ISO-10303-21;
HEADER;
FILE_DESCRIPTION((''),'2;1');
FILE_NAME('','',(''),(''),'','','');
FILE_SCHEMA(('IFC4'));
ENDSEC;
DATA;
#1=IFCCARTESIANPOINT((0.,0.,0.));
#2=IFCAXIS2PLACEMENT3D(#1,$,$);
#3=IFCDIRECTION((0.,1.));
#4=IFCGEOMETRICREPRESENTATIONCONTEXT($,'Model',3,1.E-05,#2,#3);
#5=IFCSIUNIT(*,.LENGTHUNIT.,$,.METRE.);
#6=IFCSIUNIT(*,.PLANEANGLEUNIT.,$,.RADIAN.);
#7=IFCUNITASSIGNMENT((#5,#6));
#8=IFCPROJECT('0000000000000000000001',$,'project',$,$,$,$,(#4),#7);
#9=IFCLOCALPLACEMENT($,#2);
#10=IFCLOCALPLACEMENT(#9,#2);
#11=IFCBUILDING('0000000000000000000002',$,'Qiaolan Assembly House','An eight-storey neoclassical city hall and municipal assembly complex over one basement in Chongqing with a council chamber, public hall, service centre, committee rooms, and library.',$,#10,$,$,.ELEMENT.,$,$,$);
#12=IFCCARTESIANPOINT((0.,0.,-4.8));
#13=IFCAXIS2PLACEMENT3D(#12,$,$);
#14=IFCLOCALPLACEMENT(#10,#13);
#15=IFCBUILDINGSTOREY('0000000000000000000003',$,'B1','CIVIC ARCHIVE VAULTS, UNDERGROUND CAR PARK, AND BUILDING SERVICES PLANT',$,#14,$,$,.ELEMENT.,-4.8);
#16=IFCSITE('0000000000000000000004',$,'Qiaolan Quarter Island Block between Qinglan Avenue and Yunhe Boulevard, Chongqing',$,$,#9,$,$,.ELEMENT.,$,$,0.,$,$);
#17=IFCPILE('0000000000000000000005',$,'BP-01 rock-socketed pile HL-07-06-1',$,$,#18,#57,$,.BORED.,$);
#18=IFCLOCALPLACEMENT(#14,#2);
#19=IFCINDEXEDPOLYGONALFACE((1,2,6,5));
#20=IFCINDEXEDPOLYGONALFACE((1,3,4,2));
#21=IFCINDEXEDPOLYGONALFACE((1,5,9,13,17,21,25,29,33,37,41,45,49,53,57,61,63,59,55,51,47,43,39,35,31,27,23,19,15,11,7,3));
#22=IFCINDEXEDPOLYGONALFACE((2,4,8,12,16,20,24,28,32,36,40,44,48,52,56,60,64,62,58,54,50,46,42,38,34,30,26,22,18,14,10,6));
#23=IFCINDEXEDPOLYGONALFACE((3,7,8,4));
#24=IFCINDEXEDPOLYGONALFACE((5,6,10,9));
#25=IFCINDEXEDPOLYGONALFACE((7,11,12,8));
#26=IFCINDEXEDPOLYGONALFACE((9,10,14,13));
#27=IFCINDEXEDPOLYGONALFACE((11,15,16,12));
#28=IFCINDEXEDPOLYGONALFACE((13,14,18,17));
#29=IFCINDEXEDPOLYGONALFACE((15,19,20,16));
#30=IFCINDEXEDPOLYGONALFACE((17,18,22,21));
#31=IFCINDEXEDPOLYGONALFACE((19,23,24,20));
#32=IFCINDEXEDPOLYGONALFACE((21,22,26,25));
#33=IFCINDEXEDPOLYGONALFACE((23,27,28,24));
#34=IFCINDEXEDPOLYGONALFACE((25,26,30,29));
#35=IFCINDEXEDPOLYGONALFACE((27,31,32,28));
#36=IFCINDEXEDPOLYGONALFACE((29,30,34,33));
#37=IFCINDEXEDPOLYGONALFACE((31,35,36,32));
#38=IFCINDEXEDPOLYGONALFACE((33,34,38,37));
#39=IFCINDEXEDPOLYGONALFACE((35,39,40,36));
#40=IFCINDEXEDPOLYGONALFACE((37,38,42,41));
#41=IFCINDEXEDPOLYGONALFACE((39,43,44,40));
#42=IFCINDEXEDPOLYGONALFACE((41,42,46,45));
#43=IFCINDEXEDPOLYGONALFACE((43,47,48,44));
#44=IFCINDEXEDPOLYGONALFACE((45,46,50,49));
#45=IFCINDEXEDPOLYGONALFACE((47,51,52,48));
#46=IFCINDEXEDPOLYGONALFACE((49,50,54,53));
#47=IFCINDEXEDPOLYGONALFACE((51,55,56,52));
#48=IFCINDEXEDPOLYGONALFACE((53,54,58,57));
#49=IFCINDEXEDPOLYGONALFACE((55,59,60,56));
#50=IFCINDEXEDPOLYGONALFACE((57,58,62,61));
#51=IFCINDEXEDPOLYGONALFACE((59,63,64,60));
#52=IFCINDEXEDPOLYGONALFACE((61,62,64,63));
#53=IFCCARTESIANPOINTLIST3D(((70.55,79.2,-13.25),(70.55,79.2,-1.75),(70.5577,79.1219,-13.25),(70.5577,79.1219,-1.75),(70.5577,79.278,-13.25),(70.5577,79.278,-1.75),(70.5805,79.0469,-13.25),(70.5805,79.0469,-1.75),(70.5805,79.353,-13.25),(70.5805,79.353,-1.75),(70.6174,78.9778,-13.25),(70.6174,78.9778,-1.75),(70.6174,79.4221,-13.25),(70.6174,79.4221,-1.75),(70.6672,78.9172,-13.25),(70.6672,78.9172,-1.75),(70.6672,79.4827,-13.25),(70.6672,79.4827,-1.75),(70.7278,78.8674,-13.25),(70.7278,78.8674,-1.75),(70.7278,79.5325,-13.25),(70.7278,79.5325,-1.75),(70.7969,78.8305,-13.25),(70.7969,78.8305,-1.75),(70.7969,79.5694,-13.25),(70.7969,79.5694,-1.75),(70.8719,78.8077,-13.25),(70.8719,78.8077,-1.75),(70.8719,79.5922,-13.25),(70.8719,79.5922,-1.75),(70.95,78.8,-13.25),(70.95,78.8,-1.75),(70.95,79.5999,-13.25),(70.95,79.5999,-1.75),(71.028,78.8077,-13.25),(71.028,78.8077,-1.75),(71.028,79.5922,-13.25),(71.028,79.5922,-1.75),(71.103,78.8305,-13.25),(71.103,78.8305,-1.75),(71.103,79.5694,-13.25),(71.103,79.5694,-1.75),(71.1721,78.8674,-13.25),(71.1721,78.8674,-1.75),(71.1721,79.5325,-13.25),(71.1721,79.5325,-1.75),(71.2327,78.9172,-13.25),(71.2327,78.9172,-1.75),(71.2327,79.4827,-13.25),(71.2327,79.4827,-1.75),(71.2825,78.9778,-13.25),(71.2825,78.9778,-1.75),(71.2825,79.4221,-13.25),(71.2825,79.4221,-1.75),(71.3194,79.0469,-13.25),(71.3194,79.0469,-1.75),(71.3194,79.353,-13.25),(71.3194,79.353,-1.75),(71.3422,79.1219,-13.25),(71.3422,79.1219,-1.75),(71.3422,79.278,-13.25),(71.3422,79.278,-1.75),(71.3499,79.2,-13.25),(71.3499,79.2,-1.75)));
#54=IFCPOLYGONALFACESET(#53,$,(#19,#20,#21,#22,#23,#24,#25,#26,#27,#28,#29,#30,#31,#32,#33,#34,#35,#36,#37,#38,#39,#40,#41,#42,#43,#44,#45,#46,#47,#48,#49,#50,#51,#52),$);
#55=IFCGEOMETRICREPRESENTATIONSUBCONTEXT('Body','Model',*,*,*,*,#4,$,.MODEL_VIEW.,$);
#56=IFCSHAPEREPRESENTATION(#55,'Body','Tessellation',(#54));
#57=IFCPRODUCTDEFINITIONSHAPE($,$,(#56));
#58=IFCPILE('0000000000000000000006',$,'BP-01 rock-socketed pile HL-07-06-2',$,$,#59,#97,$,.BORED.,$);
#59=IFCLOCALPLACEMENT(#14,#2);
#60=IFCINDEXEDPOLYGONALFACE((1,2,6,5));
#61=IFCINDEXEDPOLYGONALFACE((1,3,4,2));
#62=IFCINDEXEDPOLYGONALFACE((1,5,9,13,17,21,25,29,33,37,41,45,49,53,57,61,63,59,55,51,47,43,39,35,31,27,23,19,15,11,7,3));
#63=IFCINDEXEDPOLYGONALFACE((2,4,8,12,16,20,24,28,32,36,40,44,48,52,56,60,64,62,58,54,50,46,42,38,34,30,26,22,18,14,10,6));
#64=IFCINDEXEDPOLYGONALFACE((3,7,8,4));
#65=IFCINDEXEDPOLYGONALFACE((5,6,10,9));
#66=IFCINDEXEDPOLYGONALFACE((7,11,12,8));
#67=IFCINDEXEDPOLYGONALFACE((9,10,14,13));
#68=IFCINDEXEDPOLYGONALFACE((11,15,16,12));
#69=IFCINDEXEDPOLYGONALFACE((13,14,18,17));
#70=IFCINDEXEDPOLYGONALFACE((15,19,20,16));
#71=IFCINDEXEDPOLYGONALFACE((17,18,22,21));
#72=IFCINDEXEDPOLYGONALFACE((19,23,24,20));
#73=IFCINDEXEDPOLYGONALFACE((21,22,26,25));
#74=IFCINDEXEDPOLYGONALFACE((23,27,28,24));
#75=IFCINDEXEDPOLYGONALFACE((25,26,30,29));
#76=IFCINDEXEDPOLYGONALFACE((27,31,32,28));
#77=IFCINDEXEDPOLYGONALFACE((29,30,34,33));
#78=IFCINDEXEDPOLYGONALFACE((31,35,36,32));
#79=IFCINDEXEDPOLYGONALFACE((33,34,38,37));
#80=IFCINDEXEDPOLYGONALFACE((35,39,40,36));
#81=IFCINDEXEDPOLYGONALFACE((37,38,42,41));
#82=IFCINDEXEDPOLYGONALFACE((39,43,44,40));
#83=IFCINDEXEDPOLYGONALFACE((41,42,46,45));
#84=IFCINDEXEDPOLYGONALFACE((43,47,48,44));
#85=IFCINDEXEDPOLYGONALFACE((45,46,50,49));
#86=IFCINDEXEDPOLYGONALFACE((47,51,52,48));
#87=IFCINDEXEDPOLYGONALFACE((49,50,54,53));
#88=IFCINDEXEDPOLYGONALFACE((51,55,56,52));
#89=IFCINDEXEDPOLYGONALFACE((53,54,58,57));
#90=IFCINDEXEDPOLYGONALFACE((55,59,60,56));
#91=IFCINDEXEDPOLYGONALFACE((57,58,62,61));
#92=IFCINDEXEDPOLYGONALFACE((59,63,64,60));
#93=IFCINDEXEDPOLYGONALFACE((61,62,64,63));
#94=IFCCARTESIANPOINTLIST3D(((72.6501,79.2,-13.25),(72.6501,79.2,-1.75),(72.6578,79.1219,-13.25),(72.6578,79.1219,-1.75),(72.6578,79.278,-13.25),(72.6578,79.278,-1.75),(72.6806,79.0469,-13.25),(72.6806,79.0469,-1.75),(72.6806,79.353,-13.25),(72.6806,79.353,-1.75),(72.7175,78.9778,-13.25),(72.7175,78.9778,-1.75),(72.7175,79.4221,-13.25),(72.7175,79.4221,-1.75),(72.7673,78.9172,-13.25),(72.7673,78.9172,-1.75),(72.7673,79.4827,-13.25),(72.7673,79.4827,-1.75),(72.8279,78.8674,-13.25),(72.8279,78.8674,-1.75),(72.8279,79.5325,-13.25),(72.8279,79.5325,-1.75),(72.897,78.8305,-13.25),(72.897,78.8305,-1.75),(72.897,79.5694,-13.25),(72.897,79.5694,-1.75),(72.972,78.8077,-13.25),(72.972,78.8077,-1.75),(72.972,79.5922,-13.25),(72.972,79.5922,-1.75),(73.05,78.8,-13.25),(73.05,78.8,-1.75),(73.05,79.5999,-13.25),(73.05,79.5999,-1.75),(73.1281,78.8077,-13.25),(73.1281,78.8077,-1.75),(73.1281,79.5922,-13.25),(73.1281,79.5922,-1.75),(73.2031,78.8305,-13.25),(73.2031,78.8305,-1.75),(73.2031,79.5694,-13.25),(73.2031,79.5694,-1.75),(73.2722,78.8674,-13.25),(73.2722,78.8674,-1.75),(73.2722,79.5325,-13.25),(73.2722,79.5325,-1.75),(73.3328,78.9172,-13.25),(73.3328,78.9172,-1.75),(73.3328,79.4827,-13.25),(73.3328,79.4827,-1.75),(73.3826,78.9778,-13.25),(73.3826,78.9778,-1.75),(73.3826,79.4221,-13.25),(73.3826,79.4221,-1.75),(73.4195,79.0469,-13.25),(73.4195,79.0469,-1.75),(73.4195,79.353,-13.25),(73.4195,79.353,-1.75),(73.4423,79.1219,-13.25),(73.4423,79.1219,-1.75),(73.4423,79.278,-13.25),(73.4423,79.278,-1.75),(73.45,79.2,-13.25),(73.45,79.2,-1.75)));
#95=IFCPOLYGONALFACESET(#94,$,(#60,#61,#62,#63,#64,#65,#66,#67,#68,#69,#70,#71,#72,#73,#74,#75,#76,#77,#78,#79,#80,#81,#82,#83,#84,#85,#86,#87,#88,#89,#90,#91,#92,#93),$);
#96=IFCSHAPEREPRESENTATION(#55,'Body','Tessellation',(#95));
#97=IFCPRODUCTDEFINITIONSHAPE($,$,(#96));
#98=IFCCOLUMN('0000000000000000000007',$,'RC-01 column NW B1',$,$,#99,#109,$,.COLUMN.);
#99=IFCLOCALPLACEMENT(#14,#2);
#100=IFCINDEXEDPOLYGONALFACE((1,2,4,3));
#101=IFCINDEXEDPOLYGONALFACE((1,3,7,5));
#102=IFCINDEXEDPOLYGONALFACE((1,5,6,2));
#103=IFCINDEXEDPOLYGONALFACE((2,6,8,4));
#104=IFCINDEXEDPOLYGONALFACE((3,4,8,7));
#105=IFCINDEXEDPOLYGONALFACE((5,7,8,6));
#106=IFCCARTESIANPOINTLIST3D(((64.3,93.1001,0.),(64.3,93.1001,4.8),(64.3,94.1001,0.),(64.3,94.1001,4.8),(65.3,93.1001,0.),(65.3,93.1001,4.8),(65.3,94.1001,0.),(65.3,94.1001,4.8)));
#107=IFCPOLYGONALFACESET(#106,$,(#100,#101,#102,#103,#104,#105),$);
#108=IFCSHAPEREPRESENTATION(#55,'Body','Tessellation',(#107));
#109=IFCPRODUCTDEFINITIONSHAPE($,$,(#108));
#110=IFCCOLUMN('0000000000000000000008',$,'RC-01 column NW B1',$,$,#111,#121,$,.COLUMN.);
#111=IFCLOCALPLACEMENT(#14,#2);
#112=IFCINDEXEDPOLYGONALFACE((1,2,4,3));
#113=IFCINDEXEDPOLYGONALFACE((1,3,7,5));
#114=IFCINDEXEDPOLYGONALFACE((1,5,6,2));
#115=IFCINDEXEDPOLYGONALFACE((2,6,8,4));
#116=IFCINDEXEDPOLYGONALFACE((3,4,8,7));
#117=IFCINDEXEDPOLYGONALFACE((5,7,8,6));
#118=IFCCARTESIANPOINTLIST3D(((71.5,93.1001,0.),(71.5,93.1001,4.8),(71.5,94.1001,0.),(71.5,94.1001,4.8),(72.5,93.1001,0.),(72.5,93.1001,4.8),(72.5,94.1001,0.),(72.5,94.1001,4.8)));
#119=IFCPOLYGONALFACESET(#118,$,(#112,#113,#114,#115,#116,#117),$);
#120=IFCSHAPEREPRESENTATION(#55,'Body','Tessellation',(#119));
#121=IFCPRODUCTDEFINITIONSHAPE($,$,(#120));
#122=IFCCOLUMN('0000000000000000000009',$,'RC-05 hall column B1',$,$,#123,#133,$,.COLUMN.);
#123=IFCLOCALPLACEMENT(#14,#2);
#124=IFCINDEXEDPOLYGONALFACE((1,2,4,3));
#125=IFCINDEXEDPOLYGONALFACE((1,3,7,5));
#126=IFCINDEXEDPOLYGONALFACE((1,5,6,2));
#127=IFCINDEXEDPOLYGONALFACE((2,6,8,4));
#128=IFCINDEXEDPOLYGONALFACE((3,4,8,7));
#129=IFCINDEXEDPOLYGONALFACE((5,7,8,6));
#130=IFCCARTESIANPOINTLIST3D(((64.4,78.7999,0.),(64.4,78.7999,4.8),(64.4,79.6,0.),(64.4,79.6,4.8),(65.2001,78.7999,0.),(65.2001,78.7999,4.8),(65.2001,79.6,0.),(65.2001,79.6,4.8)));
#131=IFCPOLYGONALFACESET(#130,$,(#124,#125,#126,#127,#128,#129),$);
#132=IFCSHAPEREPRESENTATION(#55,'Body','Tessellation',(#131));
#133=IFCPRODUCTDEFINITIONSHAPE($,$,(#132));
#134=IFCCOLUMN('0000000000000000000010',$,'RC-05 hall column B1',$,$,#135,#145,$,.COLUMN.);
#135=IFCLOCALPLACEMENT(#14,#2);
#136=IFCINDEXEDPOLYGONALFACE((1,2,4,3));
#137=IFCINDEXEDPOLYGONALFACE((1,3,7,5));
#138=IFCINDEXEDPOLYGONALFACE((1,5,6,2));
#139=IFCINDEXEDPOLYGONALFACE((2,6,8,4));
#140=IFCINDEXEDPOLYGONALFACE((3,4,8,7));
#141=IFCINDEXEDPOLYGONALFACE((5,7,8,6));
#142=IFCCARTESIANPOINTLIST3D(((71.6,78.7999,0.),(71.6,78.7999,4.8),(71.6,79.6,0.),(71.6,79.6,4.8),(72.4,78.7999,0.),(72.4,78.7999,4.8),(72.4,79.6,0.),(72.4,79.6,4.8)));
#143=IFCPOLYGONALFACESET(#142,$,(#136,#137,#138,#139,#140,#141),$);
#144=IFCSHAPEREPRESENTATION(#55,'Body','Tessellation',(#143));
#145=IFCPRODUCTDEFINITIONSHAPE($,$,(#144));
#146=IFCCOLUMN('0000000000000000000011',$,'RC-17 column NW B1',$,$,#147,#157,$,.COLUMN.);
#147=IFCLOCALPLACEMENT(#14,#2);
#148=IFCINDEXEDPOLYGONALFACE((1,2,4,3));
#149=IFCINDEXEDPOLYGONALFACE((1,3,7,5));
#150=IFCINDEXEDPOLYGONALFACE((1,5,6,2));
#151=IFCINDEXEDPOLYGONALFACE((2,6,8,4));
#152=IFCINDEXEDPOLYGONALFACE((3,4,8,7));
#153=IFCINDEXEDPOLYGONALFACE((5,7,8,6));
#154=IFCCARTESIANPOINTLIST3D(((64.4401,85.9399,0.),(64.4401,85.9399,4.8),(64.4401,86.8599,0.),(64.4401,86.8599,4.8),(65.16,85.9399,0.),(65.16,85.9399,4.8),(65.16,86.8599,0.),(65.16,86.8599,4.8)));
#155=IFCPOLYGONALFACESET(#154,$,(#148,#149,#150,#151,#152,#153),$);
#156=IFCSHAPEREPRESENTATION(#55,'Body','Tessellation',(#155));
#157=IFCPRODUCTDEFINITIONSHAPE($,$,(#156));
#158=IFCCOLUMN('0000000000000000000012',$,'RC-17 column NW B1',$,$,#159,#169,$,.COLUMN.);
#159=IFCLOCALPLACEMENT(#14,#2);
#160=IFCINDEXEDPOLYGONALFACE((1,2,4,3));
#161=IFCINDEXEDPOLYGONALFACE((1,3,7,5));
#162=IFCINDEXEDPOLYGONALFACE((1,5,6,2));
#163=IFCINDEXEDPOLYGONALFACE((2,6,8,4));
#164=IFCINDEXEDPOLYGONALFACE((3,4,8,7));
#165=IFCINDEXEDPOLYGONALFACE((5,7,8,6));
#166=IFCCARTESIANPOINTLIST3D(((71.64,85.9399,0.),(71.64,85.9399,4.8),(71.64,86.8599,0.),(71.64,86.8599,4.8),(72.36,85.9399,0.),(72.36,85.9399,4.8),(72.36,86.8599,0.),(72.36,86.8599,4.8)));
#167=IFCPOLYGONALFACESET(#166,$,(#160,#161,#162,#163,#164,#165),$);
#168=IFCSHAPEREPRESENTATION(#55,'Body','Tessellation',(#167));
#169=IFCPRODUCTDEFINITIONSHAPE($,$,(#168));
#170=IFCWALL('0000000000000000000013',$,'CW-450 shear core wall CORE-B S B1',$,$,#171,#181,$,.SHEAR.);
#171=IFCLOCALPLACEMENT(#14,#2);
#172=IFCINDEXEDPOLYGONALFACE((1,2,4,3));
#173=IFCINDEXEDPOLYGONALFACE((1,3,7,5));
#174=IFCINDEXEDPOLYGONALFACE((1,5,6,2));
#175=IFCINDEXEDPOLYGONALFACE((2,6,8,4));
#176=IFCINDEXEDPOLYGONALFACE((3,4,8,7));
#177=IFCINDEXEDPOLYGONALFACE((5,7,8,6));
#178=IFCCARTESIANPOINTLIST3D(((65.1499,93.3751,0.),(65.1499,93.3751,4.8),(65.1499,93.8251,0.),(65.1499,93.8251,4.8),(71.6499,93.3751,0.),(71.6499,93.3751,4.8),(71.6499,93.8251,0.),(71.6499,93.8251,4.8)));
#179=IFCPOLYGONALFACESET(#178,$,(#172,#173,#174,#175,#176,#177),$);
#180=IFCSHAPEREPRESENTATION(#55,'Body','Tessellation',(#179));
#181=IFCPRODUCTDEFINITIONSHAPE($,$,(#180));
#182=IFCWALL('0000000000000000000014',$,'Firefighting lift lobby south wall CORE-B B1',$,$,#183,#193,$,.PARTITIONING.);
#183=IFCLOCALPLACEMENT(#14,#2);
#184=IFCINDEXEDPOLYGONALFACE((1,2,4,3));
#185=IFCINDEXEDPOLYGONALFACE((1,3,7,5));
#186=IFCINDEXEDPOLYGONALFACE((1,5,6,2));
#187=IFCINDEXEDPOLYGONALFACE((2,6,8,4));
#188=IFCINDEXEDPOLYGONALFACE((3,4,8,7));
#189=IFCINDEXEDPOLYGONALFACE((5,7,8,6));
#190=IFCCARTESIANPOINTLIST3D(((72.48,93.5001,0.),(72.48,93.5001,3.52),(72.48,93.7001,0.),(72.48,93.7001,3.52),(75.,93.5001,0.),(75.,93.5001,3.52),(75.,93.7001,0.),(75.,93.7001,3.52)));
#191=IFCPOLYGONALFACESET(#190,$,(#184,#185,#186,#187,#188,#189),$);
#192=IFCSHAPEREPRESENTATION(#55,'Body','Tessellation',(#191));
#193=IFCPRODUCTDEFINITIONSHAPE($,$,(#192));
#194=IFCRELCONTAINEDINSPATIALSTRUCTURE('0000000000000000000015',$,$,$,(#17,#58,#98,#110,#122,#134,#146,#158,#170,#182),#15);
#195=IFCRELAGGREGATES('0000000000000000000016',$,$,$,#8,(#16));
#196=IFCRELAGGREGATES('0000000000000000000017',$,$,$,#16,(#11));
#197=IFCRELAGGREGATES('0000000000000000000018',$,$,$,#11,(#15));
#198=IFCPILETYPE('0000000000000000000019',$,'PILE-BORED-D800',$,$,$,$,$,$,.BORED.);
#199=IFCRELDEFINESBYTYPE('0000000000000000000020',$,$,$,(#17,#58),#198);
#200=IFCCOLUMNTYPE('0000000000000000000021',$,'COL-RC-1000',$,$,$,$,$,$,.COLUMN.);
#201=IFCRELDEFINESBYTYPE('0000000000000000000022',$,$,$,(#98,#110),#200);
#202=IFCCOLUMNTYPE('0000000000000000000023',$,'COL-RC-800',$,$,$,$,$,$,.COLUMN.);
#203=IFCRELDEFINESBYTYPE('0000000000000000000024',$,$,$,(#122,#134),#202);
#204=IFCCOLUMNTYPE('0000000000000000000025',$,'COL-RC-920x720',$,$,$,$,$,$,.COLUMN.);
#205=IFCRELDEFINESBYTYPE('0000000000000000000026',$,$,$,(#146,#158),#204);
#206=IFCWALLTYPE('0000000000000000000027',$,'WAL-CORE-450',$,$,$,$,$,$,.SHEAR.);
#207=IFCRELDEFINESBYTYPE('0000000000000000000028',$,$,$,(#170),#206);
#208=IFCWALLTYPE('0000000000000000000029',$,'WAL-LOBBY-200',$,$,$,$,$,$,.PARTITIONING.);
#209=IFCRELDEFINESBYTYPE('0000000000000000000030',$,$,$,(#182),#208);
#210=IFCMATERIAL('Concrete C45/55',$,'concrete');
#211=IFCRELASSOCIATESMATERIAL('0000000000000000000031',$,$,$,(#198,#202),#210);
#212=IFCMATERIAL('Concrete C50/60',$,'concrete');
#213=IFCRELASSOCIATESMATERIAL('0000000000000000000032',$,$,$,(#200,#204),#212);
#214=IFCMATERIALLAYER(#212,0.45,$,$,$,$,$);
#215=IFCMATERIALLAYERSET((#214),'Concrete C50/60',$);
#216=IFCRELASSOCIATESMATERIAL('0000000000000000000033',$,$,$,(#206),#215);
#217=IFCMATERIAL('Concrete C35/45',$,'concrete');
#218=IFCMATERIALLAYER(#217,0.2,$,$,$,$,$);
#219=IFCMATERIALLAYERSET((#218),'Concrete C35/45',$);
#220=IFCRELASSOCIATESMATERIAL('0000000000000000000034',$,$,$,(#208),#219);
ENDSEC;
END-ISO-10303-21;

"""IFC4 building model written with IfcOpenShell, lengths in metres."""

from ifc_helpers import new_model, si_unit, direction, frame, frame_2d, origin, origin_2d, place, context, subcontext, project, spatial, rectangle, circle, extrude, material, layer, layer_set, material_profile, profile_set, type_object, element, save


model = new_model("IFC4")

# Units and contexts
model_context = context("Model", 3, precision=1e-05, world=origin(), true_north=direction((0.0, 1.0)))
body_context = subcontext(model_context, "Body", "Model", "MODEL_VIEW")
ifc_project = project(units=[si_unit("LENGTHUNIT", "METRE"), si_unit("PLANEANGLEUNIT", "RADIAN")], contexts=[model_context])

# Site, building, storey
site_placement = place(None, origin())
site = spatial("IfcSite", under=ifc_project, at=site_placement, Name="Qiaolan Quarter Island Block between Qinglan Avenue and Yunhe Boulevard, Chongqing", CompositionType="ELEMENT", RefElevation=0.0)
building_placement = place(site_placement, origin())
building = spatial("IfcBuilding", under=site, at=building_placement, Name="Qiaolan Assembly House", Description="An eight-storey neoclassical city hall and municipal assembly complex over one basement in Chongqing with a council chamber, public hall, service centre, committee rooms, and library.", CompositionType="ELEMENT")
storey_placement = place(building_placement, frame((0.0, 0.0, -4.8)))
storey = spatial("IfcBuildingStorey", under=building, at=storey_placement, Name="B1", Description="CIVIC ARCHIVE VAULTS, UNDERGROUND CAR PARK, AND BUILDING SERVICES PLANT", CompositionType="ELEMENT", Elevation=-4.8)

# Piles
ifc_material_1 = material(Name="Concrete C45/55", Category="concrete")
ifc_material_profile_1 = material_profile(ifc_material_1, circle(Radius=0.3999, at=origin_2d()), Name="PILE D800")
ifc_profile_set_1 = profile_set([ifc_material_profile_1], Name="Concrete C45/55")
pile_type = type_object("IfcPileType", Name="PILE-BORED-D800", PredefinedType="BORED", material=ifc_profile_set_1)
for number, where, z_axis, x_axis, name in (
    (1, (70.95, 79.2, -1.75), (0.0, 0.0, -1.0), (1.0, 0.0, 0.0), "BP-01 rock-socketed pile HL-07-06-1"),
    (2, (73.05, 79.2, -1.75), (0.0, 0.0, -1.0), (1.0, 0.0, 0.0), "BP-01 rock-socketed pile HL-07-06-2"),
):
    element("IfcPile", number, at=place(storey_placement, frame(where, z_axis=z_axis, x_axis=x_axis)), inside=storey, type_object=pile_type, Name=name, PredefinedType="BORED", context=body_context, shape_type="SweptSolid", body=[
        extrude(circle(Radius=0.3999, at=origin_2d()), origin(), (0.0, 0.0, 1.0), 11.5),
    ])

# Columns
ifc_material_2 = material(Name="Concrete C50/60", Category="concrete")
ifc_material_profile_2 = material_profile(ifc_material_2, rectangle(XDim=1.0, YDim=1.0, at=origin_2d()), Name="RC 1000x1000")
ifc_profile_set_2 = profile_set([ifc_material_profile_2], Name="Concrete C50/60")
column_type_1 = type_object("IfcColumnType", Name="COL-RC-1000", PredefinedType="COLUMN", material=ifc_profile_set_2)
for number, where, z_axis, x_axis, name in (
    (3, (64.8, 93.6001, 0.0), (0.0, 0.0, 1.0), (1.0, 0.0, 0.0), "RC-01 column NW B1"),
    (4, (72.0, 93.6001, 0.0), (0.0, 0.0, 1.0), (1.0, 0.0, 0.0), "RC-01 column NW B1"),
):
    element("IfcColumn", number, at=place(storey_placement, frame(where, z_axis=z_axis, x_axis=x_axis)), inside=storey, type_object=column_type_1, Name=name, PredefinedType="COLUMN", context=body_context, shape_type="SweptSolid", body=[
        extrude(rectangle(XDim=1.0, YDim=1.0, at=origin_2d()), origin(), (0.0, 0.0, 1.0), 4.8),
    ])
ifc_material_profile_3 = material_profile(ifc_material_1, rectangle(XDim=0.8, YDim=0.8, at=origin_2d()), Name="RC 800x800")
ifc_profile_set_3 = profile_set([ifc_material_profile_3], Name="Concrete C45/55")
column_type_2 = type_object("IfcColumnType", Name="COL-RC-800", PredefinedType="COLUMN", material=ifc_profile_set_3)
for number, where, z_axis, x_axis, name in (
    (5, (64.8, 79.2, 0.0), (0.0, 0.0, 1.0), (1.0, 0.0, 0.0), "RC-05 hall column B1"),
    (6, (72.0, 79.2, 0.0), (0.0, 0.0, 1.0), (1.0, 0.0, 0.0), "RC-05 hall column B1"),
):
    element("IfcColumn", number, at=place(storey_placement, frame(where, z_axis=z_axis, x_axis=x_axis)), inside=storey, type_object=column_type_2, Name=name, PredefinedType="COLUMN", context=body_context, shape_type="SweptSolid", body=[
        extrude(rectangle(XDim=0.8, YDim=0.8, at=origin_2d()), origin(), (0.0, 0.0, 1.0), 4.8),
    ])
ifc_material_profile_4 = material_profile(ifc_material_2, rectangle(XDim=0.72, YDim=0.9199, at=origin_2d()), Name="RC 920x720")
ifc_profile_set_4 = profile_set([ifc_material_profile_4], Name="Concrete C50/60")
column_type_3 = type_object("IfcColumnType", Name="COL-RC-920x720", PredefinedType="COLUMN", material=ifc_profile_set_4)
for number, where, z_axis, x_axis, name in (
    (7, (64.8, 86.3999, 0.0), (0.0, 0.0, 1.0), (1.0, 0.0, 0.0), "RC-17 column NW B1"),
    (8, (72.0, 86.3999, 0.0), (0.0, 0.0, 1.0), (1.0, 0.0, 0.0), "RC-17 column NW B1"),
):
    element("IfcColumn", number, at=place(storey_placement, frame(where, z_axis=z_axis, x_axis=x_axis)), inside=storey, type_object=column_type_3, Name=name, PredefinedType="COLUMN", context=body_context, shape_type="SweptSolid", body=[
        extrude(rectangle(XDim=0.72, YDim=0.9199, at=origin_2d()), origin(), (0.0, 0.0, 1.0), 4.8),
    ])

# Walls
ifc_layer_1 = layer(ifc_material_2, 0.45)
ifc_layer_set_1 = layer_set([ifc_layer_1], Name="Concrete C50/60")
wall_type_1 = type_object("IfcWallType", Name="WAL-CORE-450", PredefinedType="SHEAR", material=ifc_layer_set_1)
wall_1_placement = place(storey_placement, frame((65.1499, 93.6001, 0.0), z_axis=(0.0, 0.0, 1.0), x_axis=(1.0, 0.0, 0.0)))
element("IfcWall", 9, at=wall_1_placement, inside=storey, type_object=wall_type_1, Name="CW-450 shear core wall CORE-B S B1", PredefinedType="SHEAR", context=body_context, shape_type="SweptSolid", body=[
    extrude(rectangle(XDim=6.5, YDim=0.45, at=frame_2d((3.25, 0.0))), origin(), (0.0, 0.0, 1.0), 4.8),
])
ifc_material_3 = material(Name="Concrete C35/45", Category="concrete")
ifc_layer_2 = layer(ifc_material_3, 0.2)
ifc_layer_set_2 = layer_set([ifc_layer_2], Name="Concrete C35/45")
wall_type_2 = type_object("IfcWallType", Name="WAL-LOBBY-200", PredefinedType="PARTITIONING", material=ifc_layer_set_2)
wall_2_placement = place(storey_placement, frame((72.48, 93.6001, 0.0), z_axis=(0.0, 0.0, 1.0), x_axis=(1.0, 0.0, 0.0)))
element("IfcWall", 10, at=wall_2_placement, inside=storey, type_object=wall_type_2, Name="Firefighting lift lobby south wall CORE-B B1", PredefinedType="PARTITIONING", context=body_context, shape_type="SweptSolid", body=[
    extrude(rectangle(XDim=2.52, YDim=0.2, at=frame_2d((1.26, 0.0))), origin(), (0.0, 0.0, 1.0), 3.52),
])

save(model, "model.ifc")
